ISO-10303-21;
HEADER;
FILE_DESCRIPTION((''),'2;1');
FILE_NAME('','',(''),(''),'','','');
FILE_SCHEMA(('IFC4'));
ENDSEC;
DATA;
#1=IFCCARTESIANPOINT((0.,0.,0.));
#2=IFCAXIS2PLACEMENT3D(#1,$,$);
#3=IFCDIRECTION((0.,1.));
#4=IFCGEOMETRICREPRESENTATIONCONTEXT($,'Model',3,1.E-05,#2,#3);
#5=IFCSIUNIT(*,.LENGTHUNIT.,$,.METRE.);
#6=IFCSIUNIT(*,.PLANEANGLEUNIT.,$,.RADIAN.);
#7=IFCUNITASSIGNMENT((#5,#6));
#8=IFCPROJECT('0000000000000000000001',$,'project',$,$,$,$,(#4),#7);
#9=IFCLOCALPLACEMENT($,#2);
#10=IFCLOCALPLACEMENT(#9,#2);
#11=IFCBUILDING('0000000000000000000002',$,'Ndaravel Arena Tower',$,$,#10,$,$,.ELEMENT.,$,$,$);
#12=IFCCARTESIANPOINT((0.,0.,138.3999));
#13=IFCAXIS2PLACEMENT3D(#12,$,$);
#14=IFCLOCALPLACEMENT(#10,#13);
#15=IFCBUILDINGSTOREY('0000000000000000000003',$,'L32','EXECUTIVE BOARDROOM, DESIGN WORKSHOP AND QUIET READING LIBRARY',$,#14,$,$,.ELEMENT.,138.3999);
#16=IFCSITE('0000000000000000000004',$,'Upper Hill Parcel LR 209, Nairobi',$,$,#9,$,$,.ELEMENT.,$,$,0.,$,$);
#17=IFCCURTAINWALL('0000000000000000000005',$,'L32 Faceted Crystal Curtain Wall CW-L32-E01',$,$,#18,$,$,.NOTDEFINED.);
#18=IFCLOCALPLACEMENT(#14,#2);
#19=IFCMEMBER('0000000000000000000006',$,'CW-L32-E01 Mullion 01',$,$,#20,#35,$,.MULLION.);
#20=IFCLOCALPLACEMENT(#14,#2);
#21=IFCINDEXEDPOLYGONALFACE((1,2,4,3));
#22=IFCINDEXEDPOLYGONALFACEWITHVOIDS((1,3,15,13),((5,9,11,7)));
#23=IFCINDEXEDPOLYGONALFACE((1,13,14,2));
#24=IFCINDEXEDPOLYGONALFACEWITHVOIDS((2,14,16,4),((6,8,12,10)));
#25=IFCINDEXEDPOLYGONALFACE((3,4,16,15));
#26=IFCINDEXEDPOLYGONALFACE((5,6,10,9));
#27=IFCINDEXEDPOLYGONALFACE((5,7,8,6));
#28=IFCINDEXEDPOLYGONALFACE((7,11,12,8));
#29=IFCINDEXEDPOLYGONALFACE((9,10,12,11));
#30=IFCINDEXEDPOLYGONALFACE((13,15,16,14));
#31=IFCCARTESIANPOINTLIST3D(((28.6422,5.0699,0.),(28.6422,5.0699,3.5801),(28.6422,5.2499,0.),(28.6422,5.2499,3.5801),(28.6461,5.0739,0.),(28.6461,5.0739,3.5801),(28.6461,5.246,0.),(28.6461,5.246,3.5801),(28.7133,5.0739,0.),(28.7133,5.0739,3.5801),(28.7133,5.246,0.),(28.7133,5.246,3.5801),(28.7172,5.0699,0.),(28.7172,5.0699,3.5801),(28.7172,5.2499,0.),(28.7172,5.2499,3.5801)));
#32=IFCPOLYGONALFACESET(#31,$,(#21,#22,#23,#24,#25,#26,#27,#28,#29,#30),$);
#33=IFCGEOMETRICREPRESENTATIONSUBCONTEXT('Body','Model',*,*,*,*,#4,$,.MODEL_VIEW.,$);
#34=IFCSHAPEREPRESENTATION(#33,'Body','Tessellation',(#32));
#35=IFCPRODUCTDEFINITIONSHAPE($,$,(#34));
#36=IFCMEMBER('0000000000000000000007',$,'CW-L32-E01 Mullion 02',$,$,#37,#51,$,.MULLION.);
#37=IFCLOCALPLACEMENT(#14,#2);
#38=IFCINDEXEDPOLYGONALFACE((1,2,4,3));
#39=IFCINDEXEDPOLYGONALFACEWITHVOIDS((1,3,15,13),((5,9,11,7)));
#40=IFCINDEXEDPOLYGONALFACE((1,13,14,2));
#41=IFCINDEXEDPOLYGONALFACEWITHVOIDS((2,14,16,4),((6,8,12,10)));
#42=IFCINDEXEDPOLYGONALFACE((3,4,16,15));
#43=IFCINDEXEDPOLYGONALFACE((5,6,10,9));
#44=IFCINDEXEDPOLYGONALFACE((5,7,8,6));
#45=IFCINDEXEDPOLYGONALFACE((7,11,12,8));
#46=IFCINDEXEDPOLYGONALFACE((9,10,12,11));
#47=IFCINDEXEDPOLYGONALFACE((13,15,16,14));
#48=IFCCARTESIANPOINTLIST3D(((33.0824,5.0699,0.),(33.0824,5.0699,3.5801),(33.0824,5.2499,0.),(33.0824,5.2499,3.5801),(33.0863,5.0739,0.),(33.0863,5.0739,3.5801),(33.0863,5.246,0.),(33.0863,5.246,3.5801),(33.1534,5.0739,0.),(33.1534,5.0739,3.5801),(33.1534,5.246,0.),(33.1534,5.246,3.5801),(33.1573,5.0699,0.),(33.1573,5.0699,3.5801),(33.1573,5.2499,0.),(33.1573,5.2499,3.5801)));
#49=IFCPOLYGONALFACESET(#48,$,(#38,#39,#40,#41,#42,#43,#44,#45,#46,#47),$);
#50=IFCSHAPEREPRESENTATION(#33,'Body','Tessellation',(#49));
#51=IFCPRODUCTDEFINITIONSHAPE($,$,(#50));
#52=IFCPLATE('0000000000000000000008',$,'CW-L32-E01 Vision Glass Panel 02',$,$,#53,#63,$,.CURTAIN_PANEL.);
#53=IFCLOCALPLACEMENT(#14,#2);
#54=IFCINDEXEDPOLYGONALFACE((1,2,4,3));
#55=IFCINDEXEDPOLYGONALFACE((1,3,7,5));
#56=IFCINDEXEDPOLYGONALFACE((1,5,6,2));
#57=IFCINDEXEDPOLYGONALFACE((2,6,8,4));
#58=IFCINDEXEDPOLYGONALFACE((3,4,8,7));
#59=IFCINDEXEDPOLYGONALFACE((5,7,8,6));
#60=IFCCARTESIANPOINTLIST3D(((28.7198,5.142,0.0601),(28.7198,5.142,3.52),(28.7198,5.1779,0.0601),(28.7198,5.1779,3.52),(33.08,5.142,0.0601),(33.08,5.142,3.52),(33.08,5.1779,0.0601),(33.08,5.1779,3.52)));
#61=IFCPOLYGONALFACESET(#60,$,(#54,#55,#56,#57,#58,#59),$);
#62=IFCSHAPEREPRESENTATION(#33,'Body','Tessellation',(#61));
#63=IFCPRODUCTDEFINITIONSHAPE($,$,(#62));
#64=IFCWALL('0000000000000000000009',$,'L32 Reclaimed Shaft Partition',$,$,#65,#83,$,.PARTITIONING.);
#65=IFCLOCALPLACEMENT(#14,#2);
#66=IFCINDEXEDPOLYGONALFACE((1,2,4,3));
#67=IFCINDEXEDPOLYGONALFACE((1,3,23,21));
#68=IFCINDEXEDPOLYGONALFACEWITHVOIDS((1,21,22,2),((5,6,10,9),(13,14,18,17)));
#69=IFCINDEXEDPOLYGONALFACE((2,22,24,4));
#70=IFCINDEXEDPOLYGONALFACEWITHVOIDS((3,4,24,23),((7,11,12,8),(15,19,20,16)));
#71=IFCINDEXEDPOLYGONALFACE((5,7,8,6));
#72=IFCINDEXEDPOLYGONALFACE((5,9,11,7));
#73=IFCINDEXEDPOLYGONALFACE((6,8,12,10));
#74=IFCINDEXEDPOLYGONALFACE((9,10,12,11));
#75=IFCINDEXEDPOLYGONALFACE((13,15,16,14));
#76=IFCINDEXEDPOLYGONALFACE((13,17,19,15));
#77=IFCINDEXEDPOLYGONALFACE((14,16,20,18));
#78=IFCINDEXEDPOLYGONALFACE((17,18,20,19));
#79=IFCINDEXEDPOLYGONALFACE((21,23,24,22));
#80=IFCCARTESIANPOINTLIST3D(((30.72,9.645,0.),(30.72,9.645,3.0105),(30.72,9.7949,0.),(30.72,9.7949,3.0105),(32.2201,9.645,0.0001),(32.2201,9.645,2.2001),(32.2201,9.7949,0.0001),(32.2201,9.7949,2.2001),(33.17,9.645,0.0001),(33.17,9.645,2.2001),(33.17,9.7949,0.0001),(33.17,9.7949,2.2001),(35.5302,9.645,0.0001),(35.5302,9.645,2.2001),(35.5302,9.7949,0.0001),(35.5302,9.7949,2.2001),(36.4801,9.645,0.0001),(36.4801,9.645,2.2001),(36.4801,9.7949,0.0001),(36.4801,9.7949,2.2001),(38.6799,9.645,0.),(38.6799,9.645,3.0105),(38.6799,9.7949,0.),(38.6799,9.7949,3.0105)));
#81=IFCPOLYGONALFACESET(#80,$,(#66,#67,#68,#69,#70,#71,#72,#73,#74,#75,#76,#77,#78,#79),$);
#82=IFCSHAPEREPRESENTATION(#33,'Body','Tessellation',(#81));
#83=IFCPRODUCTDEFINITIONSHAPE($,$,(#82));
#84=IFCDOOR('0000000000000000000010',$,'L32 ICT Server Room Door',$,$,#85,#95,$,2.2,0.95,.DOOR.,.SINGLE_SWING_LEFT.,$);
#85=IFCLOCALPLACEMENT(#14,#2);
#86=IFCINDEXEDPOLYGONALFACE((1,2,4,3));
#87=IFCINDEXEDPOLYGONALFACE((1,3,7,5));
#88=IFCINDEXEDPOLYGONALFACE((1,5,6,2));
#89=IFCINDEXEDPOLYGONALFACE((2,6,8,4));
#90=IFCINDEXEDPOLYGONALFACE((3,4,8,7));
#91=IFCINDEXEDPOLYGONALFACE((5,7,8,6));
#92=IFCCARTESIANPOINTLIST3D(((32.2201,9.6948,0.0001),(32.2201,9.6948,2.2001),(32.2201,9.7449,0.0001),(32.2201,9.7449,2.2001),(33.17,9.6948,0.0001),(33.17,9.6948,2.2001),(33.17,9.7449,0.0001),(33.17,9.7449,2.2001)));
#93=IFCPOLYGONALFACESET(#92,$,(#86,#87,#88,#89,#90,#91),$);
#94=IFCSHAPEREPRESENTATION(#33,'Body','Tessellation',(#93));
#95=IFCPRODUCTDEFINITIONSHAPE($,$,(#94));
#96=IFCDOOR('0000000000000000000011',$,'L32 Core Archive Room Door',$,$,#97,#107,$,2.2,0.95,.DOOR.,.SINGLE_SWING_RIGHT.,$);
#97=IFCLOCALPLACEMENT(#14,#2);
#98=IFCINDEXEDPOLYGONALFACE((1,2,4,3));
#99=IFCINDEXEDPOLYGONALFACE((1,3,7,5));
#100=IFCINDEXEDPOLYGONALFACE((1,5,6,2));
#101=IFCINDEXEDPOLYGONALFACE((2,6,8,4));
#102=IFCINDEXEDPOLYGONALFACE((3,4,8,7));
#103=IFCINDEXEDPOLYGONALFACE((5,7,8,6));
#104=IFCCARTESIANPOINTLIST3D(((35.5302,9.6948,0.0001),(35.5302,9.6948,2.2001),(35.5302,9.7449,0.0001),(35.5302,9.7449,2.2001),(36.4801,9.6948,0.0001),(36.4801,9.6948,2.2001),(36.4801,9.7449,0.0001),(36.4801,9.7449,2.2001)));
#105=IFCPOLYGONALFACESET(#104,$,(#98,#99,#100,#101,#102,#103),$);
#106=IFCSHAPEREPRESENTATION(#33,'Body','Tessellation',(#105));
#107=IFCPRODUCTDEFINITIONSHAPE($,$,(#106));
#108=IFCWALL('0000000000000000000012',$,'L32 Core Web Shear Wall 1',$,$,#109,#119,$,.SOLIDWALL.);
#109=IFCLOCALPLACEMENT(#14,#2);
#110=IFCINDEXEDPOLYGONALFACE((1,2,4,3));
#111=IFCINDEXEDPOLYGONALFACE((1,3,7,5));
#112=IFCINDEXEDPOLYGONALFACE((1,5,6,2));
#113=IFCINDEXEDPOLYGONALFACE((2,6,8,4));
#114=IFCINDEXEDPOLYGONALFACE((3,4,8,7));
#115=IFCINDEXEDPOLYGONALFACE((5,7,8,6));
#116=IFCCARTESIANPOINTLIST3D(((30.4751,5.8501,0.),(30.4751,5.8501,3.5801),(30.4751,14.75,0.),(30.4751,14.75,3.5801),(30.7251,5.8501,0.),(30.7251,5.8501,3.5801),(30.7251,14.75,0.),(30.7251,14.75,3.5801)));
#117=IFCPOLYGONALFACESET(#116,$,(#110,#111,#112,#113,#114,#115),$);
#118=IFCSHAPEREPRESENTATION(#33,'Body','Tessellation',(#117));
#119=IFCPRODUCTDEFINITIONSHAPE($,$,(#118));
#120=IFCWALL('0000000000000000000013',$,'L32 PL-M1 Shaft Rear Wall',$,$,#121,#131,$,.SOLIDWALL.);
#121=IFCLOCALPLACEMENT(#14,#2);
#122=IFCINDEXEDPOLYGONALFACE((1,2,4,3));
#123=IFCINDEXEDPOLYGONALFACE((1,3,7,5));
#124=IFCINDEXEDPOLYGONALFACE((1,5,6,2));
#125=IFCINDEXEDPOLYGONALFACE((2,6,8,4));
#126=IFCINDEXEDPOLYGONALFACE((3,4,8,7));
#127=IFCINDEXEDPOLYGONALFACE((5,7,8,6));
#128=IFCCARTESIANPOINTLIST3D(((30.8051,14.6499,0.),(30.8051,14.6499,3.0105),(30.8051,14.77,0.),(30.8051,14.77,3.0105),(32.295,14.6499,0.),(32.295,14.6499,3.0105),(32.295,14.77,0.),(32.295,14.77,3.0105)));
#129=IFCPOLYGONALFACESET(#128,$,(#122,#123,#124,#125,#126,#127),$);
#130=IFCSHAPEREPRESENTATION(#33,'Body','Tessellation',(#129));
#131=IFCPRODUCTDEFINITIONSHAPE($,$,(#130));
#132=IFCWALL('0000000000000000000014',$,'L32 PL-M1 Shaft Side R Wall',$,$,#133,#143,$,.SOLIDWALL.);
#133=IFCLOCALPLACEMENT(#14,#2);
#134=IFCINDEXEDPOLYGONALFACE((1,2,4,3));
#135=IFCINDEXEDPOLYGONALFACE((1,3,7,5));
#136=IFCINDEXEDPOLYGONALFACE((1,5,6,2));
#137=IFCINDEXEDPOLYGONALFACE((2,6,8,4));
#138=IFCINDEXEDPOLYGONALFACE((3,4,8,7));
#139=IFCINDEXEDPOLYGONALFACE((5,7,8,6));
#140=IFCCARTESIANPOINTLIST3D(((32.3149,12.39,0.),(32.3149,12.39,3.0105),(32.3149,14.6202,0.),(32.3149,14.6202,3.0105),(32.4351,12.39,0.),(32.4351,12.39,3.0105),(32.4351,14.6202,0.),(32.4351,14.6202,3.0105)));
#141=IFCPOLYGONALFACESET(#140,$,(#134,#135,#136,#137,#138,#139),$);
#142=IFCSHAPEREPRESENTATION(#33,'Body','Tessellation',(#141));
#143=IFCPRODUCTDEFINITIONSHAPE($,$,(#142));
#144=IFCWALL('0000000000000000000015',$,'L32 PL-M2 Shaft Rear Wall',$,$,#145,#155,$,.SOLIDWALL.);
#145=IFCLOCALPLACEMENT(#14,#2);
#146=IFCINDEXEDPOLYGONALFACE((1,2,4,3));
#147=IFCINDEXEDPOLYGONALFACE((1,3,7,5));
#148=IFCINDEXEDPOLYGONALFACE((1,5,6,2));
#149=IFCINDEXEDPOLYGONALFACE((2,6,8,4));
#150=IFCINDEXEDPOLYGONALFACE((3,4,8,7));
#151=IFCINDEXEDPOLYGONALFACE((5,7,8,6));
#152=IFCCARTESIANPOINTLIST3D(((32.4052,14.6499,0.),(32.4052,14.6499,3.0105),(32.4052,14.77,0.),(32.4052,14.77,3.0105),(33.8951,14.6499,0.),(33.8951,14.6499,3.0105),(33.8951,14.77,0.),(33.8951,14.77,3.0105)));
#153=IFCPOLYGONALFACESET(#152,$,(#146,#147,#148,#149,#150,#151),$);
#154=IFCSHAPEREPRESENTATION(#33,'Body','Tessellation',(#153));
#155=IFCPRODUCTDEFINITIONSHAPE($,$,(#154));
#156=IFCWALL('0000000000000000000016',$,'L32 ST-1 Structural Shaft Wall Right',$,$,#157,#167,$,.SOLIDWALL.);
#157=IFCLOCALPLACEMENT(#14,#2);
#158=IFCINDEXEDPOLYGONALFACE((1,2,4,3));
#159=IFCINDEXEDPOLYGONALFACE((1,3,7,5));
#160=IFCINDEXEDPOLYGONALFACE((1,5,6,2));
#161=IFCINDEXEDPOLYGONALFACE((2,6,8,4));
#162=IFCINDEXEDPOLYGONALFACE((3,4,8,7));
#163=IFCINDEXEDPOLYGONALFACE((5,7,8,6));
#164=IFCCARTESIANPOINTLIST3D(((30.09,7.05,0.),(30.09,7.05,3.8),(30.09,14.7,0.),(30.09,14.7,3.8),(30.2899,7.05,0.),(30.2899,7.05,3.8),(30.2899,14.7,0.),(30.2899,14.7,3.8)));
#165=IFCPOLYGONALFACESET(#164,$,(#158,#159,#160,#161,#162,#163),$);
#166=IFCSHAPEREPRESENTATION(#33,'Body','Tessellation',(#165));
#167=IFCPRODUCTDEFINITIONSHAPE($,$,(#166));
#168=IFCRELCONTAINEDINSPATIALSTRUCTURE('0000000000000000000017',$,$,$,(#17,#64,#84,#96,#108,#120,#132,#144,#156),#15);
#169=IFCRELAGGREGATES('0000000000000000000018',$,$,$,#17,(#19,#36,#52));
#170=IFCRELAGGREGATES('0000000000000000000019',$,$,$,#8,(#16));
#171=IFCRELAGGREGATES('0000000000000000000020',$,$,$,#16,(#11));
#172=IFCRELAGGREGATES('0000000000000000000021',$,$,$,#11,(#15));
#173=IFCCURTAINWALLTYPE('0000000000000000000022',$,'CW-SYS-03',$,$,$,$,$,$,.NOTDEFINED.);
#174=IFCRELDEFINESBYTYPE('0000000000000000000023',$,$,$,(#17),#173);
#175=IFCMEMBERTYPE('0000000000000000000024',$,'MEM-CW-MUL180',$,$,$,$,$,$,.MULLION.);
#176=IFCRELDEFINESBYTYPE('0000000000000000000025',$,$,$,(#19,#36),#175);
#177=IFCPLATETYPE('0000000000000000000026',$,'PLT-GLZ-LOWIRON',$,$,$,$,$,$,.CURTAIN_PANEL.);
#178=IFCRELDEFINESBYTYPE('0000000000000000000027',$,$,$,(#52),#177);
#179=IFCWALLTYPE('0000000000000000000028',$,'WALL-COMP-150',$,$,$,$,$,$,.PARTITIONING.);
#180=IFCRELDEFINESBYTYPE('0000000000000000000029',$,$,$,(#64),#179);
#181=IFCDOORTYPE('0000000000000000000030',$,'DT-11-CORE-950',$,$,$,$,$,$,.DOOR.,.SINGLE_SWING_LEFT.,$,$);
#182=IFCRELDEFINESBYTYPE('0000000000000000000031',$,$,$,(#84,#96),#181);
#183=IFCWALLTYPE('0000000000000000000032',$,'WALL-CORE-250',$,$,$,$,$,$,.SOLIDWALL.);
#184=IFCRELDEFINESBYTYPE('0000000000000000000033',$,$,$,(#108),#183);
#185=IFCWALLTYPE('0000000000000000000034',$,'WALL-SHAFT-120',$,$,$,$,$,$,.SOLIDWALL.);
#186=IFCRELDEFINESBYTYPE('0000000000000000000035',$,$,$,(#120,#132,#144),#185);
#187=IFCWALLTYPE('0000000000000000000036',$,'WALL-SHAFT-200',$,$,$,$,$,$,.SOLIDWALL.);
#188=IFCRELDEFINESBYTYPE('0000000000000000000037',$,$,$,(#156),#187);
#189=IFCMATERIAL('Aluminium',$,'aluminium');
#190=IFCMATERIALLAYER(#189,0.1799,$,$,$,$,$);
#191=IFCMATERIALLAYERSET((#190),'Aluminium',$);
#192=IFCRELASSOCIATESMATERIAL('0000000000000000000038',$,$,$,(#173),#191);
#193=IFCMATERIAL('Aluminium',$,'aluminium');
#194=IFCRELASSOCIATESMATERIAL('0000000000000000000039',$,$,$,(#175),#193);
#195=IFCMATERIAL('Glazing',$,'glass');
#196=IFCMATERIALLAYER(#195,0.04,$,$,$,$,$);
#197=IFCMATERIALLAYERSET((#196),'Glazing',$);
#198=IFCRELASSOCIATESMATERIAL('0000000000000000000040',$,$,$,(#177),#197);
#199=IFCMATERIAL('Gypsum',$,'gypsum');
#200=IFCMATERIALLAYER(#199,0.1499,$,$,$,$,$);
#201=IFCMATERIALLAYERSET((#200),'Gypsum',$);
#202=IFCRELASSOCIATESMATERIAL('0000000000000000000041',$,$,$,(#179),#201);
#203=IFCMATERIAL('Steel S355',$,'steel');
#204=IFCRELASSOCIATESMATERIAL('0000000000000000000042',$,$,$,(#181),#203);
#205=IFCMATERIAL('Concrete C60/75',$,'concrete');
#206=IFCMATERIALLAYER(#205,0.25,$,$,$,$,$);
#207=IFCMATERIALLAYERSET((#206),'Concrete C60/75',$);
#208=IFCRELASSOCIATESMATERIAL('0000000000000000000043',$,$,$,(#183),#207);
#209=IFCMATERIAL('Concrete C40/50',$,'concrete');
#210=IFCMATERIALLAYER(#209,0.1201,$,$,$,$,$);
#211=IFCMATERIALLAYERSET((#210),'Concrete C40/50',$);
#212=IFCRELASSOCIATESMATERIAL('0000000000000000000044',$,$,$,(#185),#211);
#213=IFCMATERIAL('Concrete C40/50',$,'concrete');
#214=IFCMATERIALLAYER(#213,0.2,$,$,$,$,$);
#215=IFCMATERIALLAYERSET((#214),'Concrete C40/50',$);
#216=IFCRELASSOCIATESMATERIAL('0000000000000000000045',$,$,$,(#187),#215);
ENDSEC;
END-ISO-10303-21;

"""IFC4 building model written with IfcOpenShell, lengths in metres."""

from ifc_helpers import new_model, si_unit, direction, frame, frame_2d, origin, origin_2d, place, context, subcontext, project, spatial, rectangle, hollow_rectangle, extrude, material, layer, layer_set, material_profile, profile_set, type_object, element, fill, aggregate, save


model = new_model("IFC4")

# Units and contexts
model_context = context("Model", 3, precision=1e-05, world=origin(), true_north=direction((0.0, 1.0)))
body_context = subcontext(model_context, "Body", "Model", "MODEL_VIEW")
ifc_project = project(units=[si_unit("LENGTHUNIT", "METRE"), si_unit("PLANEANGLEUNIT", "RADIAN")], contexts=[model_context])

# Site, building, storey
site_placement = place(None, origin())
site = spatial("IfcSite", under=ifc_project, at=site_placement, Name="Upper Hill Parcel LR 209, Nairobi", CompositionType="ELEMENT", RefElevation=0.0)
building_placement = place(site_placement, origin())
building = spatial("IfcBuilding", under=site, at=building_placement, Name="Ndaravel Arena Tower", CompositionType="ELEMENT")
storey_placement = place(building_placement, frame((0.0, 0.0, 138.3999)))
storey = spatial("IfcBuildingStorey", under=building, at=storey_placement, Name="L32", Description="EXECUTIVE BOARDROOM, DESIGN WORKSHOP AND QUIET READING LIBRARY", CompositionType="ELEMENT", Elevation=138.3999)

# Curtain wall, members, plate
ifc_material_1 = material(Name="Aluminium", Category="aluminium")
ifc_layer_1 = layer(ifc_material_1, 0.1799)
ifc_layer_set_1 = layer_set([ifc_layer_1], Name="Aluminium")
curtain_wall_type = type_object("IfcCurtainWallType", Name="CW-SYS-03", PredefinedType="NOTDEFINED", material=ifc_layer_set_1)
curtain_wall_placement = place(storey_placement, origin())
curtain_wall = element("IfcCurtainWall", 1, at=curtain_wall_placement, inside=storey, type_object=curtain_wall_type, Name="L32 Faceted Crystal Curtain Wall CW-L32-E01", PredefinedType="NOTDEFINED")
ifc_material_2 = material(Name="Aluminium", Category="aluminium")
ifc_material_profile = material_profile(ifc_material_2, hollow_rectangle(XDim=0.075, YDim=0.1799, WallThickness=0.0039, at=origin_2d()), Name="CW MULLION 75x180x4")
ifc_profile_set = profile_set([ifc_material_profile], Name="Aluminium")
member_type = type_object("IfcMemberType", Name="MEM-CW-MUL180", PredefinedType="MULLION", material=ifc_profile_set)
member_1_placement = place(storey_placement, frame((28.6797, 5.1599, 0.0), z_axis=(0.0, 0.0, 1.0), x_axis=(1.0, 0.0, 0.0)))
member_1 = element("IfcMember", 2, at=member_1_placement, type_object=member_type, Name="CW-L32-E01 Mullion 01", PredefinedType="MULLION", context=body_context, shape_type="SweptSolid", body=[
    extrude(hollow_rectangle(XDim=0.075, YDim=0.1799, WallThickness=0.0039, at=origin_2d()), origin(), (0.0, 0.0, 1.0), 3.5801),
])
member_2_placement = place(storey_placement, frame((33.1199, 5.1599, 0.0), z_axis=(0.0, 0.0, 1.0), x_axis=(1.0, 0.0, 0.0)))
member_2 = element("IfcMember", 3, at=member_2_placement, type_object=member_type, Name="CW-L32-E01 Mullion 02", PredefinedType="MULLION", context=body_context, shape_type="SweptSolid", body=[
    extrude(hollow_rectangle(XDim=0.075, YDim=0.1799, WallThickness=0.0039, at=origin_2d()), origin(), (0.0, 0.0, 1.0), 3.5801),
])
ifc_material_3 = material(Name="Glazing", Category="glass")
ifc_layer_2 = layer(ifc_material_3, 0.04)
ifc_layer_set_2 = layer_set([ifc_layer_2], Name="Glazing")
plate_type = type_object("IfcPlateType", Name="PLT-GLZ-LOWIRON", PredefinedType="CURTAIN_PANEL", material=ifc_layer_set_2)
plate_placement = place(storey_placement, frame((30.8999, 5.1599, 0.0601), z_axis=(0.0, 0.0, 1.0), x_axis=(1.0, 0.0, 0.0)))
plate = element("IfcPlate", 4, at=plate_placement, type_object=plate_type, Name="CW-L32-E01 Vision Glass Panel 02", PredefinedType="CURTAIN_PANEL", context=body_context, shape_type="SweptSolid", body=[
    extrude(rectangle(XDim=4.3601, YDim=0.0359, at=origin_2d()), origin(), (0.0, 0.0, 1.0), 3.46),
])
aggregate(curtain_wall, [member_1, member_2, plate])

# Wall, openings, doors
ifc_material_4 = material(Name="Gypsum", Category="gypsum")
ifc_layer_3 = layer(ifc_material_4, 0.1499)
ifc_layer_set_3 = layer_set([ifc_layer_3], Name="Gypsum")
wall_type_1 = type_object("IfcWallType", Name="WALL-COMP-150", PredefinedType="PARTITIONING", material=ifc_layer_set_3)
wall_1_placement = place(storey_placement, frame((30.72, 9.72, 0.0), z_axis=(0.0, 0.0, 1.0), x_axis=(1.0, 0.0, 0.0)))
wall_1 = element("IfcWall", 5, at=wall_1_placement, inside=storey, type_object=wall_type_1, Name="L32 Reclaimed Shaft Partition", PredefinedType="PARTITIONING", context=body_context, shape_type="SweptSolid", body=[
    extrude(rectangle(XDim=7.96, YDim=0.1499, at=frame_2d((3.98, 0.0))), origin(), (0.0, 0.0, 1.0), 3.0105),
])
opening_1_placement = place(wall_1_placement, frame((1.5, 0.0, 0.0)))
opening_1 = element("IfcOpeningElement", 6, at=opening_1_placement, cuts=wall_1, PredefinedType="OPENING", context=body_context, shape_type="SweptSolid", body=[
    extrude(rectangle(XDim=0.95, YDim=2.2, at=frame_2d((0.4751, 1.1001))), frame((0.0, 0.075, 0.0), z_axis=(0.0, -1.0, 0.0), x_axis=(1.0, 0.0, 0.0)), (0.0, 0.0, 1.0), 0.1499),
])
opening_2_placement = place(wall_1_placement, frame((4.8101, 0.0, 0.0)))
opening_2 = element("IfcOpeningElement", 7, at=opening_2_placement, cuts=wall_1, PredefinedType="OPENING", context=body_context, shape_type="SweptSolid", body=[
    extrude(rectangle(XDim=0.95, YDim=2.2, at=frame_2d((0.4751, 1.1001))), frame((0.0, 0.075, 0.0), z_axis=(0.0, -1.0, 0.0), x_axis=(1.0, 0.0, 0.0)), (0.0, 0.0, 1.0), 0.1499),
])
ifc_material_5 = material(Name="Steel S355", Category="steel")
door_type_1 = type_object("IfcDoorType", Name="DT-11-CORE-950", OperationType="SINGLE_SWING_LEFT", PredefinedType="DOOR", material=ifc_material_5)
door_1_placement = place(opening_1_placement, origin())
door_1 = element("IfcDoor", 8, at=door_1_placement, inside=storey, type_object=door_type_1, Name="L32 ICT Server Room Door", OperationType="SINGLE_SWING_LEFT", OverallHeight=2.2, OverallWidth=0.95, PredefinedType="DOOR", context=body_context, shape_type="SweptSolid", body=[
    extrude(rectangle(XDim=0.95, YDim=2.2, at=frame_2d((0.4751, 1.1001))), frame((0.0, 0.0249, 0.0), z_axis=(0.0, -1.0, 0.0), x_axis=(1.0, 0.0, 0.0)), (0.0, 0.0, 1.0), 0.05),
])
fill(opening_1, door_1)
door_2_placement = place(opening_2_placement, origin())
door_2 = element("IfcDoor", 9, at=door_2_placement, inside=storey, type_object=door_type_1, Name="L32 Core Archive Room Door", OperationType="SINGLE_SWING_RIGHT", OverallHeight=2.2, OverallWidth=0.95, PredefinedType="DOOR", context=body_context, shape_type="SweptSolid", body=[
    extrude(rectangle(XDim=0.95, YDim=2.2, at=frame_2d((0.4751, 1.1001))), frame((0.0, 0.0249, 0.0), z_axis=(0.0, -1.0, 0.0), x_axis=(1.0, 0.0, 0.0)), (0.0, 0.0, 1.0), 0.05),
])
fill(opening_2, door_2)

# Walls
ifc_material_6 = material(Name="Concrete C60/75", Category="concrete")
ifc_layer_4 = layer(ifc_material_6, 0.25)
ifc_layer_set_4 = layer_set([ifc_layer_4], Name="Concrete C60/75")
wall_type_2 = type_object("IfcWallType", Name="WALL-CORE-250", PredefinedType="SOLIDWALL", material=ifc_layer_set_4)
wall_2_placement = place(storey_placement, frame((30.6001, 5.8501, 0.0), z_axis=(0.0, 0.0, 1.0), x_axis=(0.0, 1.0, 0.0)))
element("IfcWall", 10, at=wall_2_placement, inside=storey, type_object=wall_type_2, Name="L32 Core Web Shear Wall 1", PredefinedType="SOLIDWALL", context=body_context, shape_type="SweptSolid", body=[
    extrude(rectangle(XDim=8.8999, YDim=0.25, at=frame_2d((4.45, 0.0))), origin(), (0.0, 0.0, 1.0), 3.5801),
])
ifc_material_7 = material(Name="Concrete C40/50", Category="concrete")
ifc_layer_5 = layer(ifc_material_7, 0.1201)
ifc_layer_set_5 = layer_set([ifc_layer_5], Name="Concrete C40/50")
wall_type_3 = type_object("IfcWallType", Name="WALL-SHAFT-120", PredefinedType="SOLIDWALL", material=ifc_layer_set_5)
wall_3_placement = place(storey_placement, frame((30.8049, 14.71, 0.0), z_axis=(0.0, 0.0, 1.0), x_axis=(1.0, 0.0, 0.0)))
element("IfcWall", 11, at=wall_3_placement, inside=storey, type_object=wall_type_3, Name="L32 PL-M1 Shaft Rear Wall", PredefinedType="SOLIDWALL", context=body_context, shape_type="SweptSolid", body=[
    extrude(rectangle(XDim=1.49, YDim=0.1201, at=frame_2d((0.7451, 0.0))), origin(), (0.0, 0.0, 1.0), 3.0105),
])
wall_4_placement = place(storey_placement, frame((32.375, 12.3899, 0.0), z_axis=(0.0, 0.0, 1.0), x_axis=(0.0, 1.0, 0.0)))
element("IfcWall", 12, at=wall_4_placement, inside=storey, type_object=wall_type_3, Name="L32 PL-M1 Shaft Side R Wall", PredefinedType="SOLIDWALL", context=body_context, shape_type="SweptSolid", body=[
    extrude(rectangle(XDim=2.2302, YDim=0.1201, at=frame_2d((1.1152, 0.0))), origin(), (0.0, 0.0, 1.0), 3.0105),
])
wall_5_placement = place(storey_placement, frame((32.405, 14.71, 0.0), z_axis=(0.0, 0.0, 1.0), x_axis=(1.0, 0.0, 0.0)))
element("IfcWall", 13, at=wall_5_placement, inside=storey, type_object=wall_type_3, Name="L32 PL-M2 Shaft Rear Wall", PredefinedType="SOLIDWALL", context=body_context, shape_type="SweptSolid", body=[
    extrude(rectangle(XDim=1.49, YDim=0.1201, at=frame_2d((0.7451, 0.0))), origin(), (0.0, 0.0, 1.0), 3.0105),
])
ifc_material_8 = material(Name="Concrete C40/50", Category="concrete")
ifc_layer_6 = layer(ifc_material_8, 0.2)
ifc_layer_set_6 = layer_set([ifc_layer_6], Name="Concrete C40/50")
wall_type_4 = type_object("IfcWallType", Name="WALL-SHAFT-200", PredefinedType="SOLIDWALL", material=ifc_layer_set_6)
wall_6_placement = place(storey_placement, frame((30.1899, 14.7, 0.0), z_axis=(0.0, 0.0, 1.0), x_axis=(0.0, -1.0, 0.0)))
element("IfcWall", 14, at=wall_6_placement, inside=storey, type_object=wall_type_4, Name="L32 ST-1 Structural Shaft Wall Right", PredefinedType="SOLIDWALL", context=body_context, shape_type="SweptSolid", body=[
    extrude(rectangle(XDim=7.6499, YDim=0.2, at=frame_2d((3.825, 0.0))), origin(), (0.0, 0.0, 1.0), 3.8),
])

save(model, "model.ifc")
